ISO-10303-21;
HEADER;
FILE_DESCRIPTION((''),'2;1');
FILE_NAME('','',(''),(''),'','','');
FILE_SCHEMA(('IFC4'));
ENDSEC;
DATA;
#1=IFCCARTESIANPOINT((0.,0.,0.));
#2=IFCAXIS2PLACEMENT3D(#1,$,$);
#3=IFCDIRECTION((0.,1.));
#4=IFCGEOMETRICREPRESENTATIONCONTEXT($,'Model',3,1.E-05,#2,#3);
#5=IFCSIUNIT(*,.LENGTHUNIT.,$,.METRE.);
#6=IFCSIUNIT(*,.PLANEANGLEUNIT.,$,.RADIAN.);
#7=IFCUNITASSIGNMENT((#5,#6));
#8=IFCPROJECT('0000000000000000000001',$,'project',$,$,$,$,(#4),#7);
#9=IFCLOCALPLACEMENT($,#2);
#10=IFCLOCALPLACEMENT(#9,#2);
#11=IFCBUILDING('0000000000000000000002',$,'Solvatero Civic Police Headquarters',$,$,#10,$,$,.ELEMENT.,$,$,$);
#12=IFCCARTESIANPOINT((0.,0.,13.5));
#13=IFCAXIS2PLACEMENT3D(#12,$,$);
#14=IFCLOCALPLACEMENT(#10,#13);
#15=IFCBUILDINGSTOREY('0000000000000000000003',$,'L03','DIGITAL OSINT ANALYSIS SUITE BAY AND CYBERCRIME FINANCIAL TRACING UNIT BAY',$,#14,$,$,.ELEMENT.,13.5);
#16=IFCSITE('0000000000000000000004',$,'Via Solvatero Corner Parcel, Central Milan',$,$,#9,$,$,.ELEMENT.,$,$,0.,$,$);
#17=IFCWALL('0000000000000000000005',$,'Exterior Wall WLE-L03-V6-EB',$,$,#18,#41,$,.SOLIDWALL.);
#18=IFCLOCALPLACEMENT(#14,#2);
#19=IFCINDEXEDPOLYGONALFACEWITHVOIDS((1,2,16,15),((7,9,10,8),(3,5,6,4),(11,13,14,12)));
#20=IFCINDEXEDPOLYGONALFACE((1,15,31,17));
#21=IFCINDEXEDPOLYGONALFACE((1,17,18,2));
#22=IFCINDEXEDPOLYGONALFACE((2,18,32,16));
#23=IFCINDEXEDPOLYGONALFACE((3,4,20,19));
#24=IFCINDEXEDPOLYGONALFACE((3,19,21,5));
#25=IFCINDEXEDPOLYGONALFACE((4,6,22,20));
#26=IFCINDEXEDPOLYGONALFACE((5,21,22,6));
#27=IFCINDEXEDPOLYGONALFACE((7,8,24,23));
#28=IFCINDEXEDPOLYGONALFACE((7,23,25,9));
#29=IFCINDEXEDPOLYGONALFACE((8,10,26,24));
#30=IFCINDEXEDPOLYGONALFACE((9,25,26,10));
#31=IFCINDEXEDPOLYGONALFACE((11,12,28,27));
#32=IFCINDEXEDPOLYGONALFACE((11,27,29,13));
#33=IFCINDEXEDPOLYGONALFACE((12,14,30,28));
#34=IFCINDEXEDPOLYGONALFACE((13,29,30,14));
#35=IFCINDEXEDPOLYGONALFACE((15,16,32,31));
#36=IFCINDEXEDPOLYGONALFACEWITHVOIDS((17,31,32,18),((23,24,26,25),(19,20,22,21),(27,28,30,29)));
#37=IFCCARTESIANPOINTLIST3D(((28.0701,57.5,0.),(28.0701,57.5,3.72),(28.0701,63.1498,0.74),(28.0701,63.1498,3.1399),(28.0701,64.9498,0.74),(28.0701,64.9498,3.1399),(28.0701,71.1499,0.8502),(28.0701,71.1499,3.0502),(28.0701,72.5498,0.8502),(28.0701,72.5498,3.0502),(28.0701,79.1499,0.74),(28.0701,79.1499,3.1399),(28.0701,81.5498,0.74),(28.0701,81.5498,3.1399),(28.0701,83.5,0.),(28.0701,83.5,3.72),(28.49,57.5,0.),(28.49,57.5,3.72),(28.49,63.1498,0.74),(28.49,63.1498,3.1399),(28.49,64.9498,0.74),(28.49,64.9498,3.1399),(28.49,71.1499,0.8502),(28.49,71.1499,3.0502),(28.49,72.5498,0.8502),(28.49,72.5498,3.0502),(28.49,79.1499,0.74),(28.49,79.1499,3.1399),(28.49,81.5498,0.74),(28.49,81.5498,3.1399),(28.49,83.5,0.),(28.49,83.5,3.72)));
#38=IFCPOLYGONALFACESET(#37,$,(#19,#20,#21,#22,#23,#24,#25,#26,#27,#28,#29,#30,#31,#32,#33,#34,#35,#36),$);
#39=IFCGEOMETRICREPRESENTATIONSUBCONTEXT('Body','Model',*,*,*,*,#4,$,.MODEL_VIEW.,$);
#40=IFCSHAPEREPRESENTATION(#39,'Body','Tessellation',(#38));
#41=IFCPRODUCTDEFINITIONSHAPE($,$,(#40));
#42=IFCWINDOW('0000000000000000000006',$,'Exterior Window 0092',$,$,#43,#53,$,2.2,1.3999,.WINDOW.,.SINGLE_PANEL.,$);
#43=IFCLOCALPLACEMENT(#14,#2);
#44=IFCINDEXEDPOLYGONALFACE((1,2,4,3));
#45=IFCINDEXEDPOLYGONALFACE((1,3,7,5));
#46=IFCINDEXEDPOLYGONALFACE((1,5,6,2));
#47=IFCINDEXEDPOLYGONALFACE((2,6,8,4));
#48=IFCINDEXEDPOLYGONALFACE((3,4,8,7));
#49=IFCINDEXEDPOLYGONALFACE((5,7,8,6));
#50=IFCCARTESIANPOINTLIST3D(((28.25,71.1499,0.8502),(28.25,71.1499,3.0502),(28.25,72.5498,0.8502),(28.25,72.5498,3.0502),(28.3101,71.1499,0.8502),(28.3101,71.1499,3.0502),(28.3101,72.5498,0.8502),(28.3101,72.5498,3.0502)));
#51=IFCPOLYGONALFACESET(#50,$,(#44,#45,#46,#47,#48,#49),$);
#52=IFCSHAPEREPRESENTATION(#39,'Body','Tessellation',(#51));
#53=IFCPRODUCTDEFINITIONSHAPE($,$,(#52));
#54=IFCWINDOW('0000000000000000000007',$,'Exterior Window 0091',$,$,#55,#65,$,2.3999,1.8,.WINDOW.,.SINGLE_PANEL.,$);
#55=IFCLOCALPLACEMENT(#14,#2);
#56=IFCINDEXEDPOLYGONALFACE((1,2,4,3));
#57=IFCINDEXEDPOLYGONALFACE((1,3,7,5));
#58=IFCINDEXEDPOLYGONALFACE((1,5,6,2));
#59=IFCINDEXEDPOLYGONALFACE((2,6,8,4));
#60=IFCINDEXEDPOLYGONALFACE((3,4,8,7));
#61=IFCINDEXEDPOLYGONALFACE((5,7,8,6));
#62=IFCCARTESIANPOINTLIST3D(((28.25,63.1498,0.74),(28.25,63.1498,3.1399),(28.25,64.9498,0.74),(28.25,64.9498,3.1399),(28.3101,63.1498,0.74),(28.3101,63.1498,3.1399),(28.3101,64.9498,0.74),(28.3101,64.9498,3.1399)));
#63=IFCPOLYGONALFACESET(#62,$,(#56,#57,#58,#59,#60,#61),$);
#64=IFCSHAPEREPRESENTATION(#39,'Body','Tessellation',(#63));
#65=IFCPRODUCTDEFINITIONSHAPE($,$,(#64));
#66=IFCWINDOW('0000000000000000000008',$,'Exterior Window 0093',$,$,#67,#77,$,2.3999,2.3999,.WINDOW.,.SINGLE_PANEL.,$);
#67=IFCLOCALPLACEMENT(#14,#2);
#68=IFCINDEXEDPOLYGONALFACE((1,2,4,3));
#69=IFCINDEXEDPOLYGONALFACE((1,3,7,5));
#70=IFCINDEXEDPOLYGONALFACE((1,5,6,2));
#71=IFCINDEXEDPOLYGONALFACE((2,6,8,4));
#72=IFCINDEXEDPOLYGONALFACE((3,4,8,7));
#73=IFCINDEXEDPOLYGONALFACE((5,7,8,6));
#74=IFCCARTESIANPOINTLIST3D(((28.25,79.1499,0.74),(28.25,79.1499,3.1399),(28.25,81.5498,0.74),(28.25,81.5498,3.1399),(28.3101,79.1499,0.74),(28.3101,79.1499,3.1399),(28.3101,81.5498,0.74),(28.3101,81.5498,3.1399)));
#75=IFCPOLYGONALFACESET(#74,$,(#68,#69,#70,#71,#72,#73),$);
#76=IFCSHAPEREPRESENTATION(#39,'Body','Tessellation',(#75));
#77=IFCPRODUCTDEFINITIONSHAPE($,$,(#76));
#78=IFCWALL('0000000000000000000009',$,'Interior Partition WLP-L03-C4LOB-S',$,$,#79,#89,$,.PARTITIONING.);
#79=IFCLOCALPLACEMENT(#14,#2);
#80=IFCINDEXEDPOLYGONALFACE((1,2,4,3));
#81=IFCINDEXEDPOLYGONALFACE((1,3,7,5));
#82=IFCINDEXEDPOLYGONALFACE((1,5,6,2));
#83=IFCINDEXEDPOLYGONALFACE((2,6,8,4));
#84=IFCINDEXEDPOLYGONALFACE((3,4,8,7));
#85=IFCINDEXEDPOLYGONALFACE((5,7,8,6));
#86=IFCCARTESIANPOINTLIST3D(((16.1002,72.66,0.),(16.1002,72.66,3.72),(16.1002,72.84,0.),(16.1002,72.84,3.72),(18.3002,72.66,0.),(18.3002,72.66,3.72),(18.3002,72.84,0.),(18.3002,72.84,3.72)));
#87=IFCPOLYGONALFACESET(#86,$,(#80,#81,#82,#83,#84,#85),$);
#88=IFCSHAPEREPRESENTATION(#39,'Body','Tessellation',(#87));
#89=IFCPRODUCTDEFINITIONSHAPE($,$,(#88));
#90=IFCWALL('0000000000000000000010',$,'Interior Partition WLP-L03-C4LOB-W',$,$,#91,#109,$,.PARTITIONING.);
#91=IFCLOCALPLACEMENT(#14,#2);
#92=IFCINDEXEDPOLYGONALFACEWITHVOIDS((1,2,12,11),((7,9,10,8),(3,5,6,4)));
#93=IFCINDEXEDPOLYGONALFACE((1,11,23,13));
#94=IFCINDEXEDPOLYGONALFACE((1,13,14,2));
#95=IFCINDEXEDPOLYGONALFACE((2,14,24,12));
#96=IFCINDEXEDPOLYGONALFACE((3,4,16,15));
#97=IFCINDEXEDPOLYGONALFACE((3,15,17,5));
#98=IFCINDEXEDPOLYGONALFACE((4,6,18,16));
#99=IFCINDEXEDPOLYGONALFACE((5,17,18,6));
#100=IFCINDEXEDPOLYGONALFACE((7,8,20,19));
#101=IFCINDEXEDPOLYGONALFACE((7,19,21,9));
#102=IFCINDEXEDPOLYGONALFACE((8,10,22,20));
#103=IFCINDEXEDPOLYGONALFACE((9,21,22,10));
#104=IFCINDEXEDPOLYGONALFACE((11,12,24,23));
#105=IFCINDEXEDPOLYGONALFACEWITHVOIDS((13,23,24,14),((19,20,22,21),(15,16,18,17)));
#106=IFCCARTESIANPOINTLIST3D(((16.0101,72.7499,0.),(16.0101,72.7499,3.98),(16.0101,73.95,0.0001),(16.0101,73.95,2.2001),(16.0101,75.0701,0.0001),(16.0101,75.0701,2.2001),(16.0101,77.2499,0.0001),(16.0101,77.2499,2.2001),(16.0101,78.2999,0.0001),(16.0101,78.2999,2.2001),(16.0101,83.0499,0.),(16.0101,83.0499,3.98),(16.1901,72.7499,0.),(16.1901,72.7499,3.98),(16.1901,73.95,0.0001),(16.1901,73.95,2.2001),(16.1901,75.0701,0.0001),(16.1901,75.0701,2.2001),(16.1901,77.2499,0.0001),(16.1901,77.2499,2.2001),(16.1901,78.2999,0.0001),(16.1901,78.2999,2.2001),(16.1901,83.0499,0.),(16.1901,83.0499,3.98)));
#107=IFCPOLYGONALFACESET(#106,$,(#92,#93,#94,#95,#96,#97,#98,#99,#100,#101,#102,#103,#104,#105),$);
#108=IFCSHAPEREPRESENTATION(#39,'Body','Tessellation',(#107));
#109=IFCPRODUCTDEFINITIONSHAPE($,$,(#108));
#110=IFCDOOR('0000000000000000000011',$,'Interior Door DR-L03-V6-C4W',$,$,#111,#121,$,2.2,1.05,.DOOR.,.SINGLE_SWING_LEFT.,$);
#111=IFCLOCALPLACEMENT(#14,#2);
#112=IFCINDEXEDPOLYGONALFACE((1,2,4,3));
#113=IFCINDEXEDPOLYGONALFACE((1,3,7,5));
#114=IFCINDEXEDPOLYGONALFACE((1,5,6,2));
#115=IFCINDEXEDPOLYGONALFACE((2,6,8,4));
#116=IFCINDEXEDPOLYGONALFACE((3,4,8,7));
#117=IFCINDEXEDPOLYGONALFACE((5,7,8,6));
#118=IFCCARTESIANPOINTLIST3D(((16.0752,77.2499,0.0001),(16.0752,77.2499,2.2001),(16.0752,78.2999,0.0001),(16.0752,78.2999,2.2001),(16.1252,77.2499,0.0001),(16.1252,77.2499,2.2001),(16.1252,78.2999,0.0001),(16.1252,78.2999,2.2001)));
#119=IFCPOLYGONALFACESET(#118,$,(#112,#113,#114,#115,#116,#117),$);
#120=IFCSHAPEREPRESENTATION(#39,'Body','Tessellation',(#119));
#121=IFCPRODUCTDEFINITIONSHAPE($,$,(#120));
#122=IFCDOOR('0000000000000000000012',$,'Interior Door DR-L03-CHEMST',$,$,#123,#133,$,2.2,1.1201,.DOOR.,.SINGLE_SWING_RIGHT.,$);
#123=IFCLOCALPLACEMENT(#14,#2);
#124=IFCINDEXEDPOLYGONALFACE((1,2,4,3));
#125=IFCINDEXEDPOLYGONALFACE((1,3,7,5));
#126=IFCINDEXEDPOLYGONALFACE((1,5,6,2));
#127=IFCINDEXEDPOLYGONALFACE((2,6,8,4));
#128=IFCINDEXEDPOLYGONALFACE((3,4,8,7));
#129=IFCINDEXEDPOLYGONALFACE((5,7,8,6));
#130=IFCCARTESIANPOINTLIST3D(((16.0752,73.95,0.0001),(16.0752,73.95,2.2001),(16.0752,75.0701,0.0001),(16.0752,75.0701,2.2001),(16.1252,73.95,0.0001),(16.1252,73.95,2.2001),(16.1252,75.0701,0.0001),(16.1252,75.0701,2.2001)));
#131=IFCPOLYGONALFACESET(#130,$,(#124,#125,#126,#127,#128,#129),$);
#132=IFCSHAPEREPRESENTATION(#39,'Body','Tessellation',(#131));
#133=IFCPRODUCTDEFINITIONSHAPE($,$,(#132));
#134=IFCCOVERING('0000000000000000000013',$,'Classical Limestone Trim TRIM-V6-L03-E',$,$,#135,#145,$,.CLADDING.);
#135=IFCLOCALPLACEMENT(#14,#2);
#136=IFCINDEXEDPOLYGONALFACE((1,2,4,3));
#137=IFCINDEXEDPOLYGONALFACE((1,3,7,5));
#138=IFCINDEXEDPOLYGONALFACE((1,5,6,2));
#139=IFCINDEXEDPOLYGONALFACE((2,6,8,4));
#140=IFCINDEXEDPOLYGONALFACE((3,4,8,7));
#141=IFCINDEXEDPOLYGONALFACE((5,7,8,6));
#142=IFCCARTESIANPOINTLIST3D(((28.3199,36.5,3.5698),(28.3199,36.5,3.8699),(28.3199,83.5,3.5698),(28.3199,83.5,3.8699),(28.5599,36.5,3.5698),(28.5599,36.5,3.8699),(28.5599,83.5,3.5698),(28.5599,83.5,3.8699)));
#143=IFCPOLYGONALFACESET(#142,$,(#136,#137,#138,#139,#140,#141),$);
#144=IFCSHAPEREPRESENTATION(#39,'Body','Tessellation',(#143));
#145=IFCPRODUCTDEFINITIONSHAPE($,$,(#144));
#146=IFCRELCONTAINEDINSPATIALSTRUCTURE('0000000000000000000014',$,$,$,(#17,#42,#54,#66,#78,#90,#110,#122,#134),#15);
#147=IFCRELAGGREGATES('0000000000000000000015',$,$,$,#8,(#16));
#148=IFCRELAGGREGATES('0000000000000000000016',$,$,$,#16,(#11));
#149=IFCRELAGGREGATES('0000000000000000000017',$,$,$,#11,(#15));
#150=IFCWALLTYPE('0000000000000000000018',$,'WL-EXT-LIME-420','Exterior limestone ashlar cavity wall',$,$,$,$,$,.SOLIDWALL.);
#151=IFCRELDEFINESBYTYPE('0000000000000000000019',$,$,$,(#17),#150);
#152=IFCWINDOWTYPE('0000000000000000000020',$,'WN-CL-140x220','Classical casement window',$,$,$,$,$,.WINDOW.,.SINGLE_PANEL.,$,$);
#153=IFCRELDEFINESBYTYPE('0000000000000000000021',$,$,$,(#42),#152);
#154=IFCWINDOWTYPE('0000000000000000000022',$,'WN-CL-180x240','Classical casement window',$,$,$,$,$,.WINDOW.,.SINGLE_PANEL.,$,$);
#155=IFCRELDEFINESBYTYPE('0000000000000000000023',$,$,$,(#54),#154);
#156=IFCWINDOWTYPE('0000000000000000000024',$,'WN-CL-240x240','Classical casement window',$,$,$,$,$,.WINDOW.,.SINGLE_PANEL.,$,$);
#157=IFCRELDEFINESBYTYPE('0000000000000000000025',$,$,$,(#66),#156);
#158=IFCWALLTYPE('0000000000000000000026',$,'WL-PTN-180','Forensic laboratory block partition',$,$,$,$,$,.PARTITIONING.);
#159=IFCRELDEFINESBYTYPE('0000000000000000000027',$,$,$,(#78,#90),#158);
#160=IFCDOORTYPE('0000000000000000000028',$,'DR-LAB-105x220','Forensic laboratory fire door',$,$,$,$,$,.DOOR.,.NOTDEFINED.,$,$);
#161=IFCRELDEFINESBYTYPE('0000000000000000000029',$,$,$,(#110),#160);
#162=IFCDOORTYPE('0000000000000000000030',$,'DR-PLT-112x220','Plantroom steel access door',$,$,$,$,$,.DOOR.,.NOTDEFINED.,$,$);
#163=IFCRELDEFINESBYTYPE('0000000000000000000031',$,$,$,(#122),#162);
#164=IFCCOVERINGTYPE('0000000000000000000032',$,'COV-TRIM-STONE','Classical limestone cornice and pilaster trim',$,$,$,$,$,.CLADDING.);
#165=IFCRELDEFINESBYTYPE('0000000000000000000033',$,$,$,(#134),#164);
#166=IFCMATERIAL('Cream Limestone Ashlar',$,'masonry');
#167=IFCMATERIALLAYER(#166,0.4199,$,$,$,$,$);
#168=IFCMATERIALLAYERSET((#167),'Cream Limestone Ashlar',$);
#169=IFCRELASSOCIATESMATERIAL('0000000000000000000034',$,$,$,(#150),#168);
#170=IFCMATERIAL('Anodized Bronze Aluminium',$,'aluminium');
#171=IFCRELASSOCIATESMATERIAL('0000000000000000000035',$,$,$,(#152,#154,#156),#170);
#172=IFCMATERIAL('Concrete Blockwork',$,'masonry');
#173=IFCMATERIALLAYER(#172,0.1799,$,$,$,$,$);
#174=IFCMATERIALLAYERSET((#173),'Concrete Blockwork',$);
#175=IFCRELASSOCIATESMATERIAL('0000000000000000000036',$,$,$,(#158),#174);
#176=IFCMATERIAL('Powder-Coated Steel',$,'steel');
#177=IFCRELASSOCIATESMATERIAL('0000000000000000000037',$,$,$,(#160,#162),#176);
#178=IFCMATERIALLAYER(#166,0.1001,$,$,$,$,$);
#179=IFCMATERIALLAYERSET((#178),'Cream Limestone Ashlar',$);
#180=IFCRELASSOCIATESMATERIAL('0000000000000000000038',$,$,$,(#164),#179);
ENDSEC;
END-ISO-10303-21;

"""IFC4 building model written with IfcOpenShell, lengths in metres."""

from ifc_helpers import new_model, si_unit, direction, frame, frame_2d, origin, origin_2d, place, context, subcontext, project, spatial, rectangle, extrude, material, layer, layer_set, type_object, element, fill, save


model = new_model("IFC4")

# Units and contexts
model_context = context("Model", 3, precision=1e-05, world=origin(), true_north=direction((0.0, 1.0)))
body_context = subcontext(model_context, "Body", "Model", "MODEL_VIEW")
ifc_project = project(units=[si_unit("LENGTHUNIT", "METRE"), si_unit("PLANEANGLEUNIT", "RADIAN")], contexts=[model_context])

# Site, building, storey
site_placement = place(None, origin())
site = spatial("IfcSite", under=ifc_project, at=site_placement, Name="Via Solvatero Corner Parcel, Central Milan", CompositionType="ELEMENT", RefElevation=0.0)
building_placement = place(site_placement, origin())
building = spatial("IfcBuilding", under=site, at=building_placement, Name="Solvatero Civic Police Headquarters", CompositionType="ELEMENT")
storey_placement = place(building_placement, frame((0.0, 0.0, 13.5)))
storey = spatial("IfcBuildingStorey", under=building, at=storey_placement, Name="L03", Description="DIGITAL OSINT ANALYSIS SUITE BAY AND CYBERCRIME FINANCIAL TRACING UNIT BAY", CompositionType="ELEMENT", Elevation=13.5)

# Wall, openings, windows
ifc_material_1 = material(Name="Cream Limestone Ashlar", Category="masonry")
ifc_layer_1 = layer(ifc_material_1, 0.4199)
ifc_layer_set_1 = layer_set([ifc_layer_1], Name="Cream Limestone Ashlar")
wall_type_1 = type_object("IfcWallType", Name="WL-EXT-LIME-420", Description="Exterior limestone ashlar cavity wall", PredefinedType="SOLIDWALL", material=ifc_layer_set_1)
wall_1_placement = place(storey_placement, frame((28.28, 57.5, 0.0), z_axis=(0.0, 0.0, 1.0), x_axis=(0.0, 1.0, 0.0)))
wall_1 = element("IfcWall", 1, at=wall_1_placement, inside=storey, type_object=wall_type_1, Name="Exterior Wall WLE-L03-V6-EB", PredefinedType="SOLIDWALL", context=body_context, shape_type="SweptSolid", body=[
    extrude(rectangle(XDim=26.0, YDim=0.4199, at=frame_2d((13.0, 0.0))), origin(), (0.0, 0.0, 1.0), 3.72),
])
opening_1_placement = place(wall_1_placement, frame((5.6499, 0.0, 0.74)))
opening_1 = element("IfcOpeningElement", 2, at=opening_1_placement, cuts=wall_1, PredefinedType="OPENING", context=body_context, shape_type="SweptSolid", body=[
    extrude(rectangle(XDim=1.8, YDim=2.3999, at=frame_2d((0.8999, 1.2))), frame((0.0, 0.22, 0.0), z_axis=(0.0, -1.0, 0.0), x_axis=(1.0, 0.0, 0.0)), (0.0, 0.0, 1.0), 0.4399),
])
opening_2_placement = place(wall_1_placement, frame((13.6499, 0.0, 0.8501)))
opening_2 = element("IfcOpeningElement", 3, at=opening_2_placement, cuts=wall_1, PredefinedType="OPENING", context=body_context, shape_type="SweptSolid", body=[
    extrude(rectangle(XDim=1.3999, YDim=2.2, at=frame_2d((0.7, 1.1001))), frame((0.0, 0.22, 0.0), z_axis=(0.0, -1.0, 0.0), x_axis=(1.0, 0.0, 0.0)), (0.0, 0.0, 1.0), 0.4399),
])
opening_3_placement = place(wall_1_placement, frame((21.6499, 0.0, 0.74)))
opening_3 = element("IfcOpeningElement", 4, at=opening_3_placement, cuts=wall_1, PredefinedType="OPENING", context=body_context, shape_type="SweptSolid", body=[
    extrude(rectangle(XDim=2.3999, YDim=2.3999, at=frame_2d((1.2, 1.2))), frame((0.0, 0.22, 0.0), z_axis=(0.0, -1.0, 0.0), x_axis=(1.0, 0.0, 0.0)), (0.0, 0.0, 1.0), 0.4399),
])
ifc_material_2 = material(Name="Anodized Bronze Aluminium", Category="aluminium")
window_type_1 = type_object("IfcWindowType", Name="WN-CL-140x220", Description="Classical casement window", PartitioningType="SINGLE_PANEL", PredefinedType="WINDOW", material=ifc_material_2)
window_1_placement = place(opening_2_placement, origin())
window_1 = element("IfcWindow", 5, at=window_1_placement, inside=storey, type_object=window_type_1, Name="Exterior Window 0092", OverallHeight=2.2, OverallWidth=1.3999, PartitioningType="SINGLE_PANEL", PredefinedType="WINDOW", context=body_context, shape_type="SweptSolid", body=[
    extrude(rectangle(XDim=1.3999, YDim=2.2, at=frame_2d((0.7, 1.1001))), frame((0.0, 0.03, 0.0), z_axis=(0.0, -1.0, 0.0), x_axis=(1.0, 0.0, 0.0)), (0.0, 0.0, 1.0), 0.0601),
])
fill(opening_2, window_1)
window_type_2 = type_object("IfcWindowType", Name="WN-CL-180x240", Description="Classical casement window", PartitioningType="SINGLE_PANEL", PredefinedType="WINDOW", material=ifc_material_2)
window_2_placement = place(opening_1_placement, origin())
window_2 = element("IfcWindow", 6, at=window_2_placement, inside=storey, type_object=window_type_2, Name="Exterior Window 0091", OverallHeight=2.3999, OverallWidth=1.8, PartitioningType="SINGLE_PANEL", PredefinedType="WINDOW", context=body_context, shape_type="SweptSolid", body=[
    extrude(rectangle(XDim=1.8, YDim=2.3999, at=frame_2d((0.8999, 1.2))), frame((0.0, 0.03, 0.0), z_axis=(0.0, -1.0, 0.0), x_axis=(1.0, 0.0, 0.0)), (0.0, 0.0, 1.0), 0.0601),
])
fill(opening_1, window_2)
window_type_3 = type_object("IfcWindowType", Name="WN-CL-240x240", Description="Classical casement window", PartitioningType="SINGLE_PANEL", PredefinedType="WINDOW", material=ifc_material_2)
window_3_placement = place(opening_3_placement, origin())
window_3 = element("IfcWindow", 7, at=window_3_placement, inside=storey, type_object=window_type_3, Name="Exterior Window 0093", OverallHeight=2.3999, OverallWidth=2.3999, PartitioningType="SINGLE_PANEL", PredefinedType="WINDOW", context=body_context, shape_type="SweptSolid", body=[
    extrude(rectangle(XDim=2.3999, YDim=2.3999, at=frame_2d((1.2, 1.2))), frame((0.0, 0.03, 0.0), z_axis=(0.0, -1.0, 0.0), x_axis=(1.0, 0.0, 0.0)), (0.0, 0.0, 1.0), 0.0601),
])
fill(opening_3, window_3)

# Wall
ifc_material_3 = material(Name="Concrete Blockwork", Category="masonry")
ifc_layer_2 = layer(ifc_material_3, 0.1799)
ifc_layer_set_2 = layer_set([ifc_layer_2], Name="Concrete Blockwork")
wall_type_2 = type_object("IfcWallType", Name="WL-PTN-180", Description="Forensic laboratory block partition", PredefinedType="PARTITIONING", material=ifc_layer_set_2)
wall_2_placement = place(storey_placement, frame((16.1001, 72.75, 0.0), z_axis=(0.0, 0.0, 1.0), x_axis=(1.0, 0.0, 0.0)))
element("IfcWall", 8, at=wall_2_placement, inside=storey, type_object=wall_type_2, Name="Interior Partition WLP-L03-C4LOB-S", PredefinedType="PARTITIONING", context=body_context, shape_type="SweptSolid", body=[
    extrude(rectangle(XDim=2.2, YDim=0.1799, at=frame_2d((1.1001, 0.0))), origin(), (0.0, 0.0, 1.0), 3.72),
])

# Wall, openings, doors
wall_3_placement = place(storey_placement, frame((16.1001, 72.75, 0.0), z_axis=(0.0, 0.0, 1.0), x_axis=(0.0, 1.0, 0.0)))
wall_3 = element("IfcWall", 9, at=wall_3_placement, inside=storey, type_object=wall_type_2, Name="Interior Partition WLP-L03-C4LOB-W", PredefinedType="PARTITIONING", context=body_context, shape_type="SweptSolid", body=[
    extrude(rectangle(XDim=10.3, YDim=0.1799, at=frame_2d((5.1499, 0.0))), origin(), (0.0, 0.0, 1.0), 3.98),
])
opening_4_placement = place(wall_3_placement, frame((4.5, 0.0, 0.0)))
opening_4 = element("IfcOpeningElement", 10, at=opening_4_placement, cuts=wall_3, PredefinedType="OPENING", context=body_context, shape_type="SweptSolid", body=[
    extrude(rectangle(XDim=1.05, YDim=2.2, at=frame_2d((0.5249, 1.1001))), frame((0.0, 0.0999, 0.0), z_axis=(0.0, -1.0, 0.0), x_axis=(1.0, 0.0, 0.0)), (0.0, 0.0, 1.0), 0.2),
])
opening_5_placement = place(wall_3_placement, frame((1.2, 0.0, 0.0)))
opening_5 = element("IfcOpeningElement", 11, at=opening_5_placement, cuts=wall_3, PredefinedType="OPENING", context=body_context, shape_type="SweptSolid", body=[
    extrude(rectangle(XDim=1.1201, YDim=2.2, at=frame_2d((0.5601, 1.1001))), frame((0.0, 0.0999, 0.0), z_axis=(0.0, -1.0, 0.0), x_axis=(1.0, 0.0, 0.0)), (0.0, 0.0, 1.0), 0.2),
])
ifc_material_4 = material(Name="Powder-Coated Steel", Category="steel")
door_type_1 = type_object("IfcDoorType", Name="DR-LAB-105x220", Description="Forensic laboratory fire door", OperationType="NOTDEFINED", PredefinedType="DOOR", material=ifc_material_4)
door_1_placement = place(opening_4_placement, origin())
door_1 = element("IfcDoor", 12, at=door_1_placement, inside=storey, type_object=door_type_1, Name="Interior Door DR-L03-V6-C4W", OperationType="SINGLE_SWING_LEFT", OverallHeight=2.2, OverallWidth=1.05, PredefinedType="DOOR", context=body_context, shape_type="SweptSolid", body=[
    extrude(rectangle(XDim=1.05, YDim=2.2, at=frame_2d((0.5249, 1.1001))), frame((0.0, 0.0249, 0.0), z_axis=(0.0, -1.0, 0.0), x_axis=(1.0, 0.0, 0.0)), (0.0, 0.0, 1.0), 0.05),
])
fill(opening_4, door_1)
door_type_2 = type_object("IfcDoorType", Name="DR-PLT-112x220", Description="Plantroom steel access door", OperationType="NOTDEFINED", PredefinedType="DOOR", material=ifc_material_4)
door_2_placement = place(opening_5_placement, origin())
door_2 = element("IfcDoor", 13, at=door_2_placement, inside=storey, type_object=door_type_2, Name="Interior Door DR-L03-CHEMST", OperationType="SINGLE_SWING_RIGHT", OverallHeight=2.2, OverallWidth=1.1201, PredefinedType="DOOR", context=body_context, shape_type="SweptSolid", body=[
    extrude(rectangle(XDim=1.1201, YDim=2.2, at=frame_2d((0.5601, 1.1001))), frame((0.0, 0.0249, 0.0), z_axis=(0.0, -1.0, 0.0), x_axis=(1.0, 0.0, 0.0)), (0.0, 0.0, 1.0), 0.05),
])
fill(opening_5, door_2)

# Covering
ifc_layer_3 = layer(ifc_material_1, 0.1001)
ifc_layer_set_3 = layer_set([ifc_layer_3], Name="Cream Limestone Ashlar")
covering_type = type_object("IfcCoveringType", Name="COV-TRIM-STONE", Description="Classical limestone cornice and pilaster trim", PredefinedType="CLADDING", material=ifc_layer_set_3)
covering_placement = place(storey_placement, frame((28.4399, 60.0, 3.5698), z_axis=(0.0, 0.0, 1.0), x_axis=(1.0, 0.0, 0.0)))
element("IfcCovering", 14, at=covering_placement, inside=storey, type_object=covering_type, Name="Classical Limestone Trim TRIM-V6-L03-E", PredefinedType="CLADDING", context=body_context, shape_type="SweptSolid", body=[
    extrude(rectangle(XDim=0.24, YDim=47.0, at=origin_2d()), origin(), (0.0, 0.0, 1.0), 0.3),
])

save(model, "model.ifc")
